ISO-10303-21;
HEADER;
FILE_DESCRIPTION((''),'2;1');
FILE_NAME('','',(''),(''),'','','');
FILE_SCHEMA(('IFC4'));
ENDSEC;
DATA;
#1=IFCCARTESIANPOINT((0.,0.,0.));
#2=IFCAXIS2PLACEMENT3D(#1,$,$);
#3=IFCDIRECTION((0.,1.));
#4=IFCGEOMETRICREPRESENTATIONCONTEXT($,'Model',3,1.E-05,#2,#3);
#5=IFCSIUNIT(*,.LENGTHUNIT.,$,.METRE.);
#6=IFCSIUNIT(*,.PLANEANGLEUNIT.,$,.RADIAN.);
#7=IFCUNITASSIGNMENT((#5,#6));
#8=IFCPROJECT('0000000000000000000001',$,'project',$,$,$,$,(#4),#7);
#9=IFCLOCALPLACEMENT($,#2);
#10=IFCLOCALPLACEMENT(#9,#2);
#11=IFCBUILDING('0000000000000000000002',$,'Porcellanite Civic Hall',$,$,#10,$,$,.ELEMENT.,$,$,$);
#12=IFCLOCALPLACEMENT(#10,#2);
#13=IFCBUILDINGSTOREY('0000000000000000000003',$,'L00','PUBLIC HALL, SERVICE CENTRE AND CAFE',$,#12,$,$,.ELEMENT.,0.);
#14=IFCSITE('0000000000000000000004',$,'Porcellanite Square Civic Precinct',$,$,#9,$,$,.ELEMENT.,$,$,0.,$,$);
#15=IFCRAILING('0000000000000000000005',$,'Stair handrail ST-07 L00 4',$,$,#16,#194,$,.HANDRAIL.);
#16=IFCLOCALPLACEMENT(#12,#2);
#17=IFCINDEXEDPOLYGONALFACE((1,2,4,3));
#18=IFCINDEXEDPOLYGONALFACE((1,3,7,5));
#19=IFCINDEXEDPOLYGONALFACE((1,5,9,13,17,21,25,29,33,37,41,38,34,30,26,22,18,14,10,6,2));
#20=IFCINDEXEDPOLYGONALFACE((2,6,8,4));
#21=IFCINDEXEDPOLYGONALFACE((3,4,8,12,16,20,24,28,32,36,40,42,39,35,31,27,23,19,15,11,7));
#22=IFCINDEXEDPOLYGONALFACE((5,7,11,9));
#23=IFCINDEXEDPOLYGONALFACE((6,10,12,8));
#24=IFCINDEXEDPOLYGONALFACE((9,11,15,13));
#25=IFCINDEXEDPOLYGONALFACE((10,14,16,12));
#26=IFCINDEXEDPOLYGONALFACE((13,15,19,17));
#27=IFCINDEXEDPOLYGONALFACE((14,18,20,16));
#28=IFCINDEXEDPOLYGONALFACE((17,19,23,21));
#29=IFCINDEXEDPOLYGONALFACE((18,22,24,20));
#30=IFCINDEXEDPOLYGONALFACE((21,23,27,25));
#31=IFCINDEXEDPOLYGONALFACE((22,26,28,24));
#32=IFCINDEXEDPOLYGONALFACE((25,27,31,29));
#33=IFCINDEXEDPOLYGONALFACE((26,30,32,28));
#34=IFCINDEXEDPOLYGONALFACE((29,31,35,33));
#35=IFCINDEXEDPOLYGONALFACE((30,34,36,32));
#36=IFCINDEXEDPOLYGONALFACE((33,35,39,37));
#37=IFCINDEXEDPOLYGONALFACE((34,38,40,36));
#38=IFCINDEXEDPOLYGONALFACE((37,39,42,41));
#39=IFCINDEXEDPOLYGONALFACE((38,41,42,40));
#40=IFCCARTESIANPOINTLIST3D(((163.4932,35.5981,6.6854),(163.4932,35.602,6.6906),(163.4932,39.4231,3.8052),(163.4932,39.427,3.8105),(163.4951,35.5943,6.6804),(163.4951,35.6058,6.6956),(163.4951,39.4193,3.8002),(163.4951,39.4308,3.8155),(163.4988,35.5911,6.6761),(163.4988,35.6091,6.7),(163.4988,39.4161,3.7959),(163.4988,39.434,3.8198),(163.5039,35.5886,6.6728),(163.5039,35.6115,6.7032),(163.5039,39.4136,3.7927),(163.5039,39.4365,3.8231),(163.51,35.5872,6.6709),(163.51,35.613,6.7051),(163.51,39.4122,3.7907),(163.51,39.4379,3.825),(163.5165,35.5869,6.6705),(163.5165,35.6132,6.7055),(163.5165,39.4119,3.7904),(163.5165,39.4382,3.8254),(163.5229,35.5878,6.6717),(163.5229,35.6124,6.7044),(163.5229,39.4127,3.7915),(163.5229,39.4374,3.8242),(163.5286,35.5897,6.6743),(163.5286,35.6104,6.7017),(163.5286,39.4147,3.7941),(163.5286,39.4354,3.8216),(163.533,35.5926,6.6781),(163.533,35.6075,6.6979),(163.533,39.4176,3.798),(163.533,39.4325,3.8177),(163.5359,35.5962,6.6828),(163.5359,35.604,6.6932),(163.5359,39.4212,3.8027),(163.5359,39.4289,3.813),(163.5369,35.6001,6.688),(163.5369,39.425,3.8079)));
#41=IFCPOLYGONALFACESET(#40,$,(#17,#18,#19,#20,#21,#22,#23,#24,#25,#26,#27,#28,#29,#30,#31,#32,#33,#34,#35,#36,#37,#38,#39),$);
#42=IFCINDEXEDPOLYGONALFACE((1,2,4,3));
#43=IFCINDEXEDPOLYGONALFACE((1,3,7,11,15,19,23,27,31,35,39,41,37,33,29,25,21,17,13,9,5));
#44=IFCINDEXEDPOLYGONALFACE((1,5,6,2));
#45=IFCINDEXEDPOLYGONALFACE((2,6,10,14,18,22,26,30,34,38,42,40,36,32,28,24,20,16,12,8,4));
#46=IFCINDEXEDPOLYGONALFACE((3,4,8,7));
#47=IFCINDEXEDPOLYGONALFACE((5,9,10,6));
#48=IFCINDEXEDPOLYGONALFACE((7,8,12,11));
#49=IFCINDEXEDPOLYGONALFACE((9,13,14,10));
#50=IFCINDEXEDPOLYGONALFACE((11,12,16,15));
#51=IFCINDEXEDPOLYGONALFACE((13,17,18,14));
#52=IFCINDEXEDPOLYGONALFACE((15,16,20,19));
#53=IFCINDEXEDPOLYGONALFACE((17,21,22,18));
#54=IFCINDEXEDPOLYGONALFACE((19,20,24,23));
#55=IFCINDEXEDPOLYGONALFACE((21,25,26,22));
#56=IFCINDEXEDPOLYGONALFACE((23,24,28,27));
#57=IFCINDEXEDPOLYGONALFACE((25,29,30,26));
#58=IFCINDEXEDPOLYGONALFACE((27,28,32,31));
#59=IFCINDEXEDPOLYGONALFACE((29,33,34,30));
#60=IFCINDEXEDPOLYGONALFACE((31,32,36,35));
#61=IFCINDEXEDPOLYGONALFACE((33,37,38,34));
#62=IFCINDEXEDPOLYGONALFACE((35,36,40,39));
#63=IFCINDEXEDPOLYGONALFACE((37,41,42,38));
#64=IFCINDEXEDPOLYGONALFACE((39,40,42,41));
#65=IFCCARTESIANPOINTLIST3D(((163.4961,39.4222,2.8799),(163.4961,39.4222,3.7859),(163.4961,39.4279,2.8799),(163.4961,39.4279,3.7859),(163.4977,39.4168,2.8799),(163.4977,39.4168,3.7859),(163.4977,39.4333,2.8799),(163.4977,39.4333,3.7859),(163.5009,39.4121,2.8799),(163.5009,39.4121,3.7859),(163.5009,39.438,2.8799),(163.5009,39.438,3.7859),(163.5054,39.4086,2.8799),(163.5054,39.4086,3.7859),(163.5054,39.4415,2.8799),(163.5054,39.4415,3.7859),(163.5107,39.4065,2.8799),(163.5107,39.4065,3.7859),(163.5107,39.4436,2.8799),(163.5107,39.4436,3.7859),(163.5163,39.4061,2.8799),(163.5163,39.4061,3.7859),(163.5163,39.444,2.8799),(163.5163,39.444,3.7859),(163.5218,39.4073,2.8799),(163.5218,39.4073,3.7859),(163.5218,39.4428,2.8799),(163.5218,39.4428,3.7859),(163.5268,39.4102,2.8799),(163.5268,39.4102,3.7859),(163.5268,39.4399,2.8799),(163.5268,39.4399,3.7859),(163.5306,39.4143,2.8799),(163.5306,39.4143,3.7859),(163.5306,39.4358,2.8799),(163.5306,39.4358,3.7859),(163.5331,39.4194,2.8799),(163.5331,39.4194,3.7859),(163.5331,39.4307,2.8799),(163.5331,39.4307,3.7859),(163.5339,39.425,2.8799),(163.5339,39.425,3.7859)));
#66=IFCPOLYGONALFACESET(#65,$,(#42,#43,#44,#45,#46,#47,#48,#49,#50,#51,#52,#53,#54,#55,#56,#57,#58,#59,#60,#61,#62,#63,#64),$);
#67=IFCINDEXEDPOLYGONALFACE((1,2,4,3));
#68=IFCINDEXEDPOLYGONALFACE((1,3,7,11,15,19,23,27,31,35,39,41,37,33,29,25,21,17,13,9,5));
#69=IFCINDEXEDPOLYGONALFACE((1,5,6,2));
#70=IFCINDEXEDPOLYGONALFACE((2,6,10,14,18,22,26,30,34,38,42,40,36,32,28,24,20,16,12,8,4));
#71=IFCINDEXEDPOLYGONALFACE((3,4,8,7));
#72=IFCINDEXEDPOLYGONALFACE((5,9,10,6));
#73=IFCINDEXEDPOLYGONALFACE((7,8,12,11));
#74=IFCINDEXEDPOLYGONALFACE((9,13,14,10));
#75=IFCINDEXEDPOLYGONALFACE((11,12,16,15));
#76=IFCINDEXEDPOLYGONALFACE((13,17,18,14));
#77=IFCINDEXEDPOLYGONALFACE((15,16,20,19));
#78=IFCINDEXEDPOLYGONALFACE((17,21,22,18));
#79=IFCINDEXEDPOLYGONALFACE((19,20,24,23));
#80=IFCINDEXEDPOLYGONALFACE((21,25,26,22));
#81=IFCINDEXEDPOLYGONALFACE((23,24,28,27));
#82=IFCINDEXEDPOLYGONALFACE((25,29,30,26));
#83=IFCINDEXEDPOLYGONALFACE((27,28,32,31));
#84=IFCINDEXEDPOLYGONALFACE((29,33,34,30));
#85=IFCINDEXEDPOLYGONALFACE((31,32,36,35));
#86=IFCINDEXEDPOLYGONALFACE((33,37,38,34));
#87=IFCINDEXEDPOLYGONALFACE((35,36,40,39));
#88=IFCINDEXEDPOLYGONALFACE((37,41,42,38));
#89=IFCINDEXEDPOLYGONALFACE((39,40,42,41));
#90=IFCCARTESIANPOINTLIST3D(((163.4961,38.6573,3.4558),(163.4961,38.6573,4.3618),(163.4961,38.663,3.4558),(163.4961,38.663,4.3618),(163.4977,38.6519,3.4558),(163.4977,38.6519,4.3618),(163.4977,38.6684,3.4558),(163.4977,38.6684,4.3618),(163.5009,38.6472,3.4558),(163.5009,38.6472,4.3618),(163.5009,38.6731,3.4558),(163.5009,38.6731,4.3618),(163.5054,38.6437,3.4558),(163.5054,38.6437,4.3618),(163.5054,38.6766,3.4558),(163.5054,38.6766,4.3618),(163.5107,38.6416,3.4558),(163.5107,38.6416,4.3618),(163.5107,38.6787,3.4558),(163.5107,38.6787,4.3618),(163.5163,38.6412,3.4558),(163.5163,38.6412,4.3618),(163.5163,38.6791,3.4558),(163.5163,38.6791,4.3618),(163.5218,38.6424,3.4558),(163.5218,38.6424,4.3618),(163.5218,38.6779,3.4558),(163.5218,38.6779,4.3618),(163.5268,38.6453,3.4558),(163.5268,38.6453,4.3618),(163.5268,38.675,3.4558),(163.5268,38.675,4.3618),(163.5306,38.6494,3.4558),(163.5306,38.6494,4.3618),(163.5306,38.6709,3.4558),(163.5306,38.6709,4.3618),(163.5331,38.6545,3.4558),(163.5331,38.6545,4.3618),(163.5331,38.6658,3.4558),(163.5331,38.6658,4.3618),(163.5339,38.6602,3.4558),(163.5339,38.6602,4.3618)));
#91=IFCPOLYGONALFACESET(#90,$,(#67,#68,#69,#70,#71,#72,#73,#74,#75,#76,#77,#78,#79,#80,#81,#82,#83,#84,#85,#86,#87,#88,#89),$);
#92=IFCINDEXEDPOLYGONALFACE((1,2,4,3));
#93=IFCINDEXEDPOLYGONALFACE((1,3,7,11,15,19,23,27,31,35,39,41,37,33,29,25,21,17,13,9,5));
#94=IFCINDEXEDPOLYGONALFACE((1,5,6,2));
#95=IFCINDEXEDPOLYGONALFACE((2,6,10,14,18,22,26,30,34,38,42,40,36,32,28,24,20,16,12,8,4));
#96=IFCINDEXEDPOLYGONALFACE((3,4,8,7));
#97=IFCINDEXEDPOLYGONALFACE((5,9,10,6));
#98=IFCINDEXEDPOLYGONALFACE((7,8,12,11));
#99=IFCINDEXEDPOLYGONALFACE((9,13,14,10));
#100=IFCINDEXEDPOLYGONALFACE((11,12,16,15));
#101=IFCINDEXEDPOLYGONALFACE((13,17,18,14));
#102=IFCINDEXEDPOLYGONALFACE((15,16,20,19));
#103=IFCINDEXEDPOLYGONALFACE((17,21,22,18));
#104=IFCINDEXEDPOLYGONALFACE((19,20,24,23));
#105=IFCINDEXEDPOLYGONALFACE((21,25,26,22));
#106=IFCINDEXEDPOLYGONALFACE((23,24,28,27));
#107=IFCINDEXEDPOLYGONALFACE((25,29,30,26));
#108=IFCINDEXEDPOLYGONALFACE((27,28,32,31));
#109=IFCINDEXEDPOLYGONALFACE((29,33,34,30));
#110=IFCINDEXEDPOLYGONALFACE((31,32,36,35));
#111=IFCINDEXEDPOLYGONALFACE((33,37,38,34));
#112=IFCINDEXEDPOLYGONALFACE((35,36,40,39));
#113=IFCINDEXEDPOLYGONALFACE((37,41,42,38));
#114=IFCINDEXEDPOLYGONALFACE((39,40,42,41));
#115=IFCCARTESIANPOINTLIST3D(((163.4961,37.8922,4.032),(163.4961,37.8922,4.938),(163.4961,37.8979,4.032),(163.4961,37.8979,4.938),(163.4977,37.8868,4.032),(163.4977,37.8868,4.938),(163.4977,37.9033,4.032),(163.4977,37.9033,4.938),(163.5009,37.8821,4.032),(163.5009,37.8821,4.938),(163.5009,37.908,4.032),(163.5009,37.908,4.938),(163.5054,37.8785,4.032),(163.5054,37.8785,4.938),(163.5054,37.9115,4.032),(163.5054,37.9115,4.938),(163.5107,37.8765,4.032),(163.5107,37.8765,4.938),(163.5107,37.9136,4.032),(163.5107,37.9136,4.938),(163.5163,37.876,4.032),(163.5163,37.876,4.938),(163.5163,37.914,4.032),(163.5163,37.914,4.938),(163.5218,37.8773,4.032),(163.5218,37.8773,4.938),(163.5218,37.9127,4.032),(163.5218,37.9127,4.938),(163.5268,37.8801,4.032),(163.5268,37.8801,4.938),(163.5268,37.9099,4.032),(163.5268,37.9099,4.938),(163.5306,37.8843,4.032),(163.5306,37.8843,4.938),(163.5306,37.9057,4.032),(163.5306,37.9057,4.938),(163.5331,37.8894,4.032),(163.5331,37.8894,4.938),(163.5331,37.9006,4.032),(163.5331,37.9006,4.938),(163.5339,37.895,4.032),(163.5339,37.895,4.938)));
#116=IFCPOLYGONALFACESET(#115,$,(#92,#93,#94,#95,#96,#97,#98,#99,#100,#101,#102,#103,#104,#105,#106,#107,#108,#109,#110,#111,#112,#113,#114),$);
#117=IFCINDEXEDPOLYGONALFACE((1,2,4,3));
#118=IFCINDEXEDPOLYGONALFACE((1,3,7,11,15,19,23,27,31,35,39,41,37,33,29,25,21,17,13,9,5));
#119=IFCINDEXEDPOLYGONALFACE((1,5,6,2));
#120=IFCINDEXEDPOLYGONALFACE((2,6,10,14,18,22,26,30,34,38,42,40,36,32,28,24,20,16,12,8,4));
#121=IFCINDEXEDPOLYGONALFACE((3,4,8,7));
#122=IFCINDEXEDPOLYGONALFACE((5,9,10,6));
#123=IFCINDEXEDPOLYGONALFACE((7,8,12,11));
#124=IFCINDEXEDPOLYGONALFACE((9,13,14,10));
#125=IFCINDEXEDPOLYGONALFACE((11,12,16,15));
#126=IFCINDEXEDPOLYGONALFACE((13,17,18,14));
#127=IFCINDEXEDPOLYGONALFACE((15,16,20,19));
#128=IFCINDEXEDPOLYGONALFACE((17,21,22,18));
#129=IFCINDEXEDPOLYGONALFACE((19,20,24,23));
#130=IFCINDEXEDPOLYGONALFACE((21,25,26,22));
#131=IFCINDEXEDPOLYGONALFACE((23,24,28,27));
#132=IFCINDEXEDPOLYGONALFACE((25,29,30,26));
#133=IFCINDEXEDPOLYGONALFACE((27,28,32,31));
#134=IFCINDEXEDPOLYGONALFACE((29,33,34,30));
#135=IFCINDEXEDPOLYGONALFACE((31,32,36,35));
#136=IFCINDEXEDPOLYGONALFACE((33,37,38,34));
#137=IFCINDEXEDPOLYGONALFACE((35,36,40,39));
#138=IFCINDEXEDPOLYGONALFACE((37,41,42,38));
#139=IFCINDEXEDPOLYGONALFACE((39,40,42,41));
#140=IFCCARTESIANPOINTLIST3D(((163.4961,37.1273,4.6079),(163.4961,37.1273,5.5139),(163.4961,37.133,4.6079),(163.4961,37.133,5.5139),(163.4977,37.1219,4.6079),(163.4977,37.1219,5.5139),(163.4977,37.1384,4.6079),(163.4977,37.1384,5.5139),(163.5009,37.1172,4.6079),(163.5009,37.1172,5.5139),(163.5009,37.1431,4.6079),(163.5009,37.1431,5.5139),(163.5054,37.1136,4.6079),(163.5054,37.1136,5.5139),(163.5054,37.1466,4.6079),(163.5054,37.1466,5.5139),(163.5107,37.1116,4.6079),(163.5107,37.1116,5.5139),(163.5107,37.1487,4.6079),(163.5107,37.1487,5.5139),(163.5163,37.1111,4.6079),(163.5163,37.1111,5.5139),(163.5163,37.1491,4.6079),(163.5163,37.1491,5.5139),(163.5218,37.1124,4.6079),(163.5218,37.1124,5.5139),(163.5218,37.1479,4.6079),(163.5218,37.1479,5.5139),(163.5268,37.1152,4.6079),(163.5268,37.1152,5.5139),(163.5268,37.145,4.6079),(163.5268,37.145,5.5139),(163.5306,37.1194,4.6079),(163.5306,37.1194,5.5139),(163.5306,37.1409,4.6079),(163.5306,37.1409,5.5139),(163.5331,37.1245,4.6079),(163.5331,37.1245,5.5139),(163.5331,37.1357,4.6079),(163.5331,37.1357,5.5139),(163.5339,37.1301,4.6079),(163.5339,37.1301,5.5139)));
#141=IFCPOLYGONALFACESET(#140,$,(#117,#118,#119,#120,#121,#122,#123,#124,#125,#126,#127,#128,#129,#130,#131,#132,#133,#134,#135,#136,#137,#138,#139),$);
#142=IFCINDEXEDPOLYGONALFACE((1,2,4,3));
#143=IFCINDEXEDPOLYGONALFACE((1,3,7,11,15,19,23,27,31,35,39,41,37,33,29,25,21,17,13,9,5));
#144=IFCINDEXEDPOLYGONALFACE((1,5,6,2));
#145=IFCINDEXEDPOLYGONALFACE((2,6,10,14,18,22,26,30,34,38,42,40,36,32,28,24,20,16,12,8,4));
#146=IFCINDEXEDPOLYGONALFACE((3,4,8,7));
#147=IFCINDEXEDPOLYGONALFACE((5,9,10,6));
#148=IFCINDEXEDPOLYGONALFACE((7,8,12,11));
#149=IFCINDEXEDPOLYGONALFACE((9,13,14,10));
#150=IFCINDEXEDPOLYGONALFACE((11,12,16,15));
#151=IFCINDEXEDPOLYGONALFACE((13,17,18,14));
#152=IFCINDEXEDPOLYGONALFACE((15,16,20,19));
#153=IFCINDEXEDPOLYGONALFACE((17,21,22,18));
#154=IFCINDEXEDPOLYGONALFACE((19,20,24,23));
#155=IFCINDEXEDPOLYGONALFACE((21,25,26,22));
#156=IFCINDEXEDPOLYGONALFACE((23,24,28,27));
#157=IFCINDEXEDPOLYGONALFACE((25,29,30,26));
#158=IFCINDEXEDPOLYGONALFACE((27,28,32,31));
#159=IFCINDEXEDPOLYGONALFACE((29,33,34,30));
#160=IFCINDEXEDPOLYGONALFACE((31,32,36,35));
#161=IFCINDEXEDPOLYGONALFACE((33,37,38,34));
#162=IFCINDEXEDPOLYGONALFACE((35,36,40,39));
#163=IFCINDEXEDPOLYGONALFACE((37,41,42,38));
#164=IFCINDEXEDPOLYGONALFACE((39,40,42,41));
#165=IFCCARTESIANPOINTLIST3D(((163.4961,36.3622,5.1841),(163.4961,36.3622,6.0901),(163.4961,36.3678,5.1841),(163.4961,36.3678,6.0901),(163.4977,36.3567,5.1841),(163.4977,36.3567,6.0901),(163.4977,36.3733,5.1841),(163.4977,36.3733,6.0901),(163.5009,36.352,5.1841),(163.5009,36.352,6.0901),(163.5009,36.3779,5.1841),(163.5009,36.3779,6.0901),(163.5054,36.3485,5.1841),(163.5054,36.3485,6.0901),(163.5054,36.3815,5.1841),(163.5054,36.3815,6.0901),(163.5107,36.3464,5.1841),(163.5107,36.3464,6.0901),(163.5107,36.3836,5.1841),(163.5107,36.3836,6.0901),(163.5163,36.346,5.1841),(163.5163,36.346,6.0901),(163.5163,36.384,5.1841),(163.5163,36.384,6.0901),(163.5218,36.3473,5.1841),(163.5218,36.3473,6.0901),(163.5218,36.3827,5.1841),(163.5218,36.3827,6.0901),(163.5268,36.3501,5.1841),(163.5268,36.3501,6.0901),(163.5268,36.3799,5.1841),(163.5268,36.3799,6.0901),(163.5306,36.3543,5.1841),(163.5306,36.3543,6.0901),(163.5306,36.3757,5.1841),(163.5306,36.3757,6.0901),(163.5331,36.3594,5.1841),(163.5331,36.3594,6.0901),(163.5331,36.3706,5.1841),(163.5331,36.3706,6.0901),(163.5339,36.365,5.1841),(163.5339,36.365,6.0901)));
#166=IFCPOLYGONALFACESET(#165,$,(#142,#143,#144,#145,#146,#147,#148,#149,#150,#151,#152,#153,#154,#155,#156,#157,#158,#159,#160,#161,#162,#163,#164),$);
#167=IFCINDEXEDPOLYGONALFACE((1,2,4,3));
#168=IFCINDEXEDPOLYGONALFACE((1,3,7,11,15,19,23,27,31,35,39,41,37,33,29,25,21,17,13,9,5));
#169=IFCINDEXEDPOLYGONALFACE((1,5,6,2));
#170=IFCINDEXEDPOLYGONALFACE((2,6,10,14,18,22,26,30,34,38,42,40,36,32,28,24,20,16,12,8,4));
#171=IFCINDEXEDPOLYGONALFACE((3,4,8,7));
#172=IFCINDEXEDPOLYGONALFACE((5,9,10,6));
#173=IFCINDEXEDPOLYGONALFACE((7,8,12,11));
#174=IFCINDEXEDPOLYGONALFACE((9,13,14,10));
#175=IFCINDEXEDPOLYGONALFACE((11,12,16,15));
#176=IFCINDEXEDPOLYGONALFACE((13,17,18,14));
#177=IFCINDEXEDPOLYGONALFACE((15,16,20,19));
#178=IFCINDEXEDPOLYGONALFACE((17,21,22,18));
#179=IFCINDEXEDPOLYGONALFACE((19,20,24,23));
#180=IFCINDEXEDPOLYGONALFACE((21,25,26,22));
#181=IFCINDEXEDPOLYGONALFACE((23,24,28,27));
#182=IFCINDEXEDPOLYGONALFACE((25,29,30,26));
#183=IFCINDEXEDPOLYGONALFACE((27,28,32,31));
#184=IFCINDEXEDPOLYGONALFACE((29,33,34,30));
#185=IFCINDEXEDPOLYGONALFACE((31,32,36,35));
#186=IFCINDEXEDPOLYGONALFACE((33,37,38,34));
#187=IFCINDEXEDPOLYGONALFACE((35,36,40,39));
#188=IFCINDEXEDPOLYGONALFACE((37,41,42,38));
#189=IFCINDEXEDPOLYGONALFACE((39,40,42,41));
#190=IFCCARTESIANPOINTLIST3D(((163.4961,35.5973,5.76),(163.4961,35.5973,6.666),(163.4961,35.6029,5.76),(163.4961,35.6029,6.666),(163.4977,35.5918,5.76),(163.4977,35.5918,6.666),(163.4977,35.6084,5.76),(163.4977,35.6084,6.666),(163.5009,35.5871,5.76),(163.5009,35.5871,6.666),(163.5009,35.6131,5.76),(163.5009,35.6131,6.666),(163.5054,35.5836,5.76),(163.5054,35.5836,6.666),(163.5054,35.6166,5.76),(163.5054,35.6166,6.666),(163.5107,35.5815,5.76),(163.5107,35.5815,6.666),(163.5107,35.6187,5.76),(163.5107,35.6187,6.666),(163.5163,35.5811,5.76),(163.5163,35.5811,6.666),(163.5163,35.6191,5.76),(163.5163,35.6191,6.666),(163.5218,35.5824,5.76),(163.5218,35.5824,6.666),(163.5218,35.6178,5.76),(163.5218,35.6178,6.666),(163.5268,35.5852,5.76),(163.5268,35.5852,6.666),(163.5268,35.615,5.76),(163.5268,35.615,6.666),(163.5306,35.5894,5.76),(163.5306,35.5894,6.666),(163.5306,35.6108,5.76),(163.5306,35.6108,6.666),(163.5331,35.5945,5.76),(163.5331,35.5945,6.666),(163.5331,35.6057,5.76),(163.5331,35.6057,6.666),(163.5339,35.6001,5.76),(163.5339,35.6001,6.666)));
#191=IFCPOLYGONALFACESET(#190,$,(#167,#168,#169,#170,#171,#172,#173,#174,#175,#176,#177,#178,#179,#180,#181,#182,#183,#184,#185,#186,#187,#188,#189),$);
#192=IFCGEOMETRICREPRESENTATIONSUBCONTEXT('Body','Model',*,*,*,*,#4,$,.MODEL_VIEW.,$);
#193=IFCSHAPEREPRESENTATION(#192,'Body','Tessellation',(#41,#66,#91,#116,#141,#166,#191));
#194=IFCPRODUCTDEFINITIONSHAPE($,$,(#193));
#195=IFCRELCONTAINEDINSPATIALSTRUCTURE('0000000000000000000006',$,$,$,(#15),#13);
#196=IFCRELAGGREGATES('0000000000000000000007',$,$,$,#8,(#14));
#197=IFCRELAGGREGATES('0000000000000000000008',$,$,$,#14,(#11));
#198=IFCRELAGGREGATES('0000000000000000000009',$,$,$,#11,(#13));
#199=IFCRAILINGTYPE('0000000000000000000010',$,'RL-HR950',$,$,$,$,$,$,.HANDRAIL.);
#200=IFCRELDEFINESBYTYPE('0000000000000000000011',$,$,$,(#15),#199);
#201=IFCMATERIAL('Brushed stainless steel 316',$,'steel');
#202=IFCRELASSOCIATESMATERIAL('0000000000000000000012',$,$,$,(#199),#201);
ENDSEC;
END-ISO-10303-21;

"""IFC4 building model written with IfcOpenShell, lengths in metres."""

from ifc_helpers import new_model, si_unit, direction, frame, origin, origin_2d, place, context, subcontext, project, spatial, circle, extrude, material, type_object, element, save


model = new_model("IFC4")

# Units and contexts
model_context = context("Model", 3, precision=1e-05, world=origin(), true_north=direction((0.0, 1.0)))
body_context = subcontext(model_context, "Body", "Model", "MODEL_VIEW")
ifc_project = project(units=[si_unit("LENGTHUNIT", "METRE"), si_unit("PLANEANGLEUNIT", "RADIAN")], contexts=[model_context])

# Site, building, storey
site_placement = place(None, origin())
site = spatial("IfcSite", under=ifc_project, at=site_placement, Name="Porcellanite Square Civic Precinct", CompositionType="ELEMENT", RefElevation=0.0)
building_placement = place(site_placement, origin())
building = spatial("IfcBuilding", under=site, at=building_placement, Name="Porcellanite Civic Hall", CompositionType="ELEMENT")
storey_placement = place(building_placement, origin())
storey = spatial("IfcBuildingStorey", under=building, at=storey_placement, Name="L00", Description="PUBLIC HALL, SERVICE CENTRE AND CAFE", CompositionType="ELEMENT", Elevation=0.0)

# Railing
ifc_material_1 = material(Name="Brushed stainless steel 316", Category="steel")
railing_type_1 = type_object("IfcRailingType", Name="RL-HR950", PredefinedType="HANDRAIL", material=ifc_material_1)
railing_1_placement = place(storey_placement, frame((163.5149, 39.425, 2.8799)))
element("IfcRailing", 1, at=railing_1_placement, inside=storey, type_object=railing_type_1, Name="Stair handrail ST-07 L00 4", PredefinedType="HANDRAIL", context=body_context, shape_type="SweptSolid", body=[
    extrude(circle(Radius=0.022, at=origin_2d()), frame((0.0, 0.0, 0.928), z_axis=(0.0, -0.798854, 0.601525), x_axis=(1.0, 0.0, 0.0)), (0.0, 0.0, 1.0), 4.7881),
    extrude(circle(Radius=0.019, at=origin_2d()), origin(), (0.0, 0.0, 1.0), 0.906),
    extrude(circle(Radius=0.019, at=origin_2d()), frame((0.0, -0.7649, 0.5759)), (0.0, 0.0, 1.0), 0.906),
    extrude(circle(Radius=0.019, at=origin_2d()), frame((0.0, -1.53, 1.1521)), (0.0, 0.0, 1.0), 0.906),
    extrude(circle(Radius=0.019, at=origin_2d()), frame((0.0, -2.2949, 1.728)), (0.0, 0.0, 1.0), 0.906),
    extrude(circle(Radius=0.019, at=origin_2d()), frame((0.0, -3.0601, 2.3042)), (0.0, 0.0, 1.0), 0.906),
    extrude(circle(Radius=0.019, at=origin_2d()), frame((0.0, -3.825, 2.8801)), (0.0, 0.0, 1.0), 0.906),
])

save(model, "model.ifc")
